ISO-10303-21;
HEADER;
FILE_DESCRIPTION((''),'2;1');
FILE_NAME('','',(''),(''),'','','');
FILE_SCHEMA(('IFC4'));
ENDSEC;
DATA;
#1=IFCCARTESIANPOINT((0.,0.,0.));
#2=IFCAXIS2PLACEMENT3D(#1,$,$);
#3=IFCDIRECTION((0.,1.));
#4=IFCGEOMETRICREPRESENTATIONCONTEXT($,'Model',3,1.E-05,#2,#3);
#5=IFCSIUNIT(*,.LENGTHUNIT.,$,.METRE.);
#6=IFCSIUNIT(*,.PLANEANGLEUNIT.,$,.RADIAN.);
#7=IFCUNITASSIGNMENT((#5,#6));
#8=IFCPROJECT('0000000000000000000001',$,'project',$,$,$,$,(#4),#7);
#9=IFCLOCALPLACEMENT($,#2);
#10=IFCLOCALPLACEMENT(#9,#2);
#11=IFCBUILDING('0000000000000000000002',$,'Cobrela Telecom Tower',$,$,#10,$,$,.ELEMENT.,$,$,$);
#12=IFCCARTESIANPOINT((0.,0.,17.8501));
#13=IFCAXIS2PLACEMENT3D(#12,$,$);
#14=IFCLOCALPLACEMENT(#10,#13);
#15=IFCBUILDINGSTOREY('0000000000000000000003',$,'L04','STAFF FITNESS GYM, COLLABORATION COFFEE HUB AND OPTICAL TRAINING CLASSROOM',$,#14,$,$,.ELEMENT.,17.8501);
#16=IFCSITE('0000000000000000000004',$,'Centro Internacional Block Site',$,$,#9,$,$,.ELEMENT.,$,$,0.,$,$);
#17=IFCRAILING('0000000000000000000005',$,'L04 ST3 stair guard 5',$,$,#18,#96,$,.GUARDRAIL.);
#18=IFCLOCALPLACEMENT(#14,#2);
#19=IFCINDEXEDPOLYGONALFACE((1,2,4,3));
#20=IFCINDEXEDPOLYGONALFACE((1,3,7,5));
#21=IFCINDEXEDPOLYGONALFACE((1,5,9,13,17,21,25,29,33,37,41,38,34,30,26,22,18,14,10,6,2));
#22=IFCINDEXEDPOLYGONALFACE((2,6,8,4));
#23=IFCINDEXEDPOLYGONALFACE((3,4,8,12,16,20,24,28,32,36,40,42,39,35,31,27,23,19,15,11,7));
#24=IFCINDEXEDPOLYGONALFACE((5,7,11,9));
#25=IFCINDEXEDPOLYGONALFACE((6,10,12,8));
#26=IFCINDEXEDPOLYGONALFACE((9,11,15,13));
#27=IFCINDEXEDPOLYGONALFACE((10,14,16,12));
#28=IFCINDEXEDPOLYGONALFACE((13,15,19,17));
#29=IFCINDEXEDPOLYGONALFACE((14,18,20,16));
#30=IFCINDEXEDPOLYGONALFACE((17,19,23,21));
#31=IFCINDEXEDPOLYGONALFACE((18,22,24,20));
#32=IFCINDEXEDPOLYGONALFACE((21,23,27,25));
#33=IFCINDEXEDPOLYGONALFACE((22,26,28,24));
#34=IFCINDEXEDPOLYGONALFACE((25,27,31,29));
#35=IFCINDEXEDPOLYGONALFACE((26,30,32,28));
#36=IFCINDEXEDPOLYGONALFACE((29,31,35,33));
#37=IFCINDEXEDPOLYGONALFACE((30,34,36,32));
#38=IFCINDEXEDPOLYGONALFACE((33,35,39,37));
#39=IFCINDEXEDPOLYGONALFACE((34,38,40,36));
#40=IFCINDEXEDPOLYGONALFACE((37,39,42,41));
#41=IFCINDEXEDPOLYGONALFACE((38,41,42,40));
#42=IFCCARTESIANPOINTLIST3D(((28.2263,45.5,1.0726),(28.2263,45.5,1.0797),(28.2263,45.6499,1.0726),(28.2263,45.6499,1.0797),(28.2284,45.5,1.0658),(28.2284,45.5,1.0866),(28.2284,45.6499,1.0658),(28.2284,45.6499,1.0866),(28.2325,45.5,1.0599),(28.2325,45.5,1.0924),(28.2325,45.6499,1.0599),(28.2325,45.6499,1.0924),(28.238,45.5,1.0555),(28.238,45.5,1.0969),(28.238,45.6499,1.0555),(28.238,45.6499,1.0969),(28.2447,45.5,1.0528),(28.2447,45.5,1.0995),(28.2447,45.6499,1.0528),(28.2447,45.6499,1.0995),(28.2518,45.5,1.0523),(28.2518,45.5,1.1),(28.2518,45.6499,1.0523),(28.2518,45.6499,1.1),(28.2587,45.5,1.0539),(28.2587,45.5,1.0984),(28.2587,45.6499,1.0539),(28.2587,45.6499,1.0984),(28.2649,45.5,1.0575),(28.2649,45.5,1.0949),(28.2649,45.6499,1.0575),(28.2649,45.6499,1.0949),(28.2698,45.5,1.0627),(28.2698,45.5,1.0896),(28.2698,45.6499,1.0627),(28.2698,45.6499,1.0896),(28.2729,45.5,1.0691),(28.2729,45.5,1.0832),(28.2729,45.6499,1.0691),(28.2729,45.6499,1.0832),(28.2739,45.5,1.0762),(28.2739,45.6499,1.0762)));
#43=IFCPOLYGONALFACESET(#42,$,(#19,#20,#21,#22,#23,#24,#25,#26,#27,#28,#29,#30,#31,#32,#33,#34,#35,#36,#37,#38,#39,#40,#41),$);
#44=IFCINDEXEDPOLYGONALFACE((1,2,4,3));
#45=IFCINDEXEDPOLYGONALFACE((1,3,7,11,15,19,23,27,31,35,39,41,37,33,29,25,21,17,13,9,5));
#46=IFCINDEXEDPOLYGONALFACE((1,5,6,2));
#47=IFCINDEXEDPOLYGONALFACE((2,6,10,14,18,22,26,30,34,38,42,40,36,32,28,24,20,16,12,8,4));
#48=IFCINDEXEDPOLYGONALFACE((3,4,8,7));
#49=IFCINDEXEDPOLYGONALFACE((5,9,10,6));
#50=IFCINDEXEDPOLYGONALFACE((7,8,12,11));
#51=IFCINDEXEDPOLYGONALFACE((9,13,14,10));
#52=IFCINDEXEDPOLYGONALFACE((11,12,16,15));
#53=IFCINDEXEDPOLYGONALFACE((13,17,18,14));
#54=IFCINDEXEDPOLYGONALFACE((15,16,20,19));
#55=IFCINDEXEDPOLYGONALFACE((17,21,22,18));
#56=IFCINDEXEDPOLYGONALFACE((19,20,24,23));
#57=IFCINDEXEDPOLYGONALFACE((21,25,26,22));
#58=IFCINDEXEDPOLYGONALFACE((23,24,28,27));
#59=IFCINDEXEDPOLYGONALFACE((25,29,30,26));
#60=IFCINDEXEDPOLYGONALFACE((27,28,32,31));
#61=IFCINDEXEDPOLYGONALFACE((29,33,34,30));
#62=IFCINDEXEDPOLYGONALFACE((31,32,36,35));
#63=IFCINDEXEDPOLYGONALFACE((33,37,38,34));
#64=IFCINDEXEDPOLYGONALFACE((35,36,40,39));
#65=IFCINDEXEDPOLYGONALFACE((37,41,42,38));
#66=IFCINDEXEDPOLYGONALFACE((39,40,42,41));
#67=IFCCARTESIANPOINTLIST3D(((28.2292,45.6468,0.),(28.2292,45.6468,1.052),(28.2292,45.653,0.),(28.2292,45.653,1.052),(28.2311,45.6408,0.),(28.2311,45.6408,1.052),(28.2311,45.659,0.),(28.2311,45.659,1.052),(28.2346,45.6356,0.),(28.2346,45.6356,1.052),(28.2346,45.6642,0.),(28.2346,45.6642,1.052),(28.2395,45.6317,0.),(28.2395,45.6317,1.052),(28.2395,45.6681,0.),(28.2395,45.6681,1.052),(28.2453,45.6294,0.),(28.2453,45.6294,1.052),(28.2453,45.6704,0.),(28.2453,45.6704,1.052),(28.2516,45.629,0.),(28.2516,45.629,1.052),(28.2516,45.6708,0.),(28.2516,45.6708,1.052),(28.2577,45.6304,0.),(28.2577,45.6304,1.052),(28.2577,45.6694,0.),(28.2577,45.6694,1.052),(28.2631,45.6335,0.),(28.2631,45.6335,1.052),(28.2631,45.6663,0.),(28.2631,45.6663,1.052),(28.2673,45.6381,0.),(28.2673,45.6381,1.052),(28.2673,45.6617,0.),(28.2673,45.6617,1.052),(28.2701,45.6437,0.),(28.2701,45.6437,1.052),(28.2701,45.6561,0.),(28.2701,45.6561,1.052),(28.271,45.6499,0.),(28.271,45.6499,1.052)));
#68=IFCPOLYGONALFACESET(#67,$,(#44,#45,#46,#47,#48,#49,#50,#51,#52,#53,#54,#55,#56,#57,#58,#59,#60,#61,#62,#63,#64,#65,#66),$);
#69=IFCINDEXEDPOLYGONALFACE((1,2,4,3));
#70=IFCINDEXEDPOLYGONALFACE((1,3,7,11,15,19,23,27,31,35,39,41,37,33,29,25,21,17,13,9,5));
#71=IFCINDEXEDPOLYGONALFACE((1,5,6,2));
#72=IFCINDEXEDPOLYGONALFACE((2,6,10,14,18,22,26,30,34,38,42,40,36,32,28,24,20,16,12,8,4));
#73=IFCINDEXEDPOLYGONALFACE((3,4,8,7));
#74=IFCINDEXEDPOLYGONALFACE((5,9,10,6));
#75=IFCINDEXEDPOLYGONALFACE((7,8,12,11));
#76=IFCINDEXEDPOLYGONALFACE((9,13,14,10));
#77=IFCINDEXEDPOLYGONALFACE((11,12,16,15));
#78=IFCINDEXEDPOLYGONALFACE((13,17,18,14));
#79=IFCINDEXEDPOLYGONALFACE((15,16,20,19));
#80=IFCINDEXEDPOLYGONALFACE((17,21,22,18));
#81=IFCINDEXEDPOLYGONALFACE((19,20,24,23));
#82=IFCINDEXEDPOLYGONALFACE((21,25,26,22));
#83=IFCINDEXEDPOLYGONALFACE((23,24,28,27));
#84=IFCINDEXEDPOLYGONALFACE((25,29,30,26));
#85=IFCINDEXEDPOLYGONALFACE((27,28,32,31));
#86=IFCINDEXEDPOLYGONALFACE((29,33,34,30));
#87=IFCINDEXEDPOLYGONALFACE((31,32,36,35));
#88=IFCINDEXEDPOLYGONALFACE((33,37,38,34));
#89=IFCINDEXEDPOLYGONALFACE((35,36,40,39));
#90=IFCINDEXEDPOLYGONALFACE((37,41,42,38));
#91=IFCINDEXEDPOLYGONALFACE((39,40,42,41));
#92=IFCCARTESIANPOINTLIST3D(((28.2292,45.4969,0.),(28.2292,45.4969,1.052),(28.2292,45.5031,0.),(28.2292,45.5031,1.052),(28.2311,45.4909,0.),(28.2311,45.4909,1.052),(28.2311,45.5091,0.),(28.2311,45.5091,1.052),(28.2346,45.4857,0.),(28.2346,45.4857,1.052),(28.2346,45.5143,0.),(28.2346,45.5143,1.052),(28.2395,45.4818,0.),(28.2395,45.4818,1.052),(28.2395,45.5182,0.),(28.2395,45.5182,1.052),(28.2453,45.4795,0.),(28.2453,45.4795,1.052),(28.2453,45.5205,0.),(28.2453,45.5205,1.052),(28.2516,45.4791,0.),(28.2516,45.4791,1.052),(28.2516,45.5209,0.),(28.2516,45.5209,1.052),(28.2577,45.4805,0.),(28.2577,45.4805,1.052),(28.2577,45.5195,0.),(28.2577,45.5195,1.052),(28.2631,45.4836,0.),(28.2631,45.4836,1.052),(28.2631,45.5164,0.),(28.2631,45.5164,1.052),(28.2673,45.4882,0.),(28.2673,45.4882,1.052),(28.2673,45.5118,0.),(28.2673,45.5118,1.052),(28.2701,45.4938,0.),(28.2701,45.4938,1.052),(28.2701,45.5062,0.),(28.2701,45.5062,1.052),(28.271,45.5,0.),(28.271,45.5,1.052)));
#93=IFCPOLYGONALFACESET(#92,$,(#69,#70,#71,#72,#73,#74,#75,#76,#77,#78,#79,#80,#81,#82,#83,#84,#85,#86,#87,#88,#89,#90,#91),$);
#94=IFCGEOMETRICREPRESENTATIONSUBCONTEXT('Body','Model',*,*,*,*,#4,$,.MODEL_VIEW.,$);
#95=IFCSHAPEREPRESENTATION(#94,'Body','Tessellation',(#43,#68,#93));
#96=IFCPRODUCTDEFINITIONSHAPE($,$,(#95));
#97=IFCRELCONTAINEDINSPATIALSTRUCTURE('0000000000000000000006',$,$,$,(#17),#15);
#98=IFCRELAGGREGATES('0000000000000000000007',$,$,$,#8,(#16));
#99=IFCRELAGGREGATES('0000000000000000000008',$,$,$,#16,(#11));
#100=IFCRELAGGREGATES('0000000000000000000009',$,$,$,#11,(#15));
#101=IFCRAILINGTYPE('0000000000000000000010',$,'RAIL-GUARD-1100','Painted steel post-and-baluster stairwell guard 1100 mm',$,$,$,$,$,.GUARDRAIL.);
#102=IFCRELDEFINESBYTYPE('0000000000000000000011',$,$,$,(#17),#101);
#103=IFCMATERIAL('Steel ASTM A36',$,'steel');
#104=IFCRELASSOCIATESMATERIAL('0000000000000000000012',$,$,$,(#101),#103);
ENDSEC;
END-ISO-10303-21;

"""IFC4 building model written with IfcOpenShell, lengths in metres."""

from ifc_helpers import new_model, si_unit, direction, frame, origin, origin_2d, place, context, subcontext, project, spatial, circle, extrude, material, type_object, element, save


model = new_model("IFC4")

# Units and contexts
model_context = context("Model", 3, precision=1e-05, world=origin(), true_north=direction((0.0, 1.0)))
body_context = subcontext(model_context, "Body", "Model", "MODEL_VIEW")
ifc_project = project(units=[si_unit("LENGTHUNIT", "METRE"), si_unit("PLANEANGLEUNIT", "RADIAN")], contexts=[model_context])

# Site, building, storey
site_placement = place(None, origin())
site = spatial("IfcSite", under=ifc_project, at=site_placement, Name="Centro Internacional Block Site", CompositionType="ELEMENT", RefElevation=0.0)
building_placement = place(site_placement, origin())
building = spatial("IfcBuilding", under=site, at=building_placement, Name="Cobrela Telecom Tower", CompositionType="ELEMENT")
storey_placement = place(building_placement, frame((0.0, 0.0, 17.8501)))
storey = spatial("IfcBuildingStorey", under=building, at=storey_placement, Name="L04", Description="STAFF FITNESS GYM, COLLABORATION COFFEE HUB AND OPTICAL TRAINING CLASSROOM", CompositionType="ELEMENT", Elevation=17.8501)

# Shared definitions
ifc_material_1 = material(Name="Steel ASTM A36", Category="steel")

# Railing
railing_type_1 = type_object("IfcRailingType", Name="RAIL-GUARD-1100", Description="Painted steel post-and-baluster stairwell guard 1100 mm", PredefinedType="GUARDRAIL", material=ifc_material_1)
railing_1_placement = place(storey_placement, frame((28.25, 45.6499, 0.0)))
element("IfcRailing", 1, at=railing_1_placement, inside=storey, type_object=railing_type_1, Name="L04 ST3 stair guard 5", PredefinedType="GUARDRAIL", context=body_context, shape_type="SweptSolid", body=[
    extrude(circle(Radius=0.0239, at=origin_2d()), frame((0.0, 0.0, 1.0762), z_axis=(0.0, -1.0, 0.0), x_axis=(1.0, 0.0, 0.0)), (0.0, 0.0, 1.0), 0.1499),
    extrude(circle(Radius=0.021, at=origin_2d()), origin(), (0.0, 0.0, 1.0), 1.052),
    extrude(circle(Radius=0.021, at=origin_2d()), frame((0.0, -0.1499, 0.0)), (0.0, 0.0, 1.0), 1.052),
])

save(model, "model.ifc")
